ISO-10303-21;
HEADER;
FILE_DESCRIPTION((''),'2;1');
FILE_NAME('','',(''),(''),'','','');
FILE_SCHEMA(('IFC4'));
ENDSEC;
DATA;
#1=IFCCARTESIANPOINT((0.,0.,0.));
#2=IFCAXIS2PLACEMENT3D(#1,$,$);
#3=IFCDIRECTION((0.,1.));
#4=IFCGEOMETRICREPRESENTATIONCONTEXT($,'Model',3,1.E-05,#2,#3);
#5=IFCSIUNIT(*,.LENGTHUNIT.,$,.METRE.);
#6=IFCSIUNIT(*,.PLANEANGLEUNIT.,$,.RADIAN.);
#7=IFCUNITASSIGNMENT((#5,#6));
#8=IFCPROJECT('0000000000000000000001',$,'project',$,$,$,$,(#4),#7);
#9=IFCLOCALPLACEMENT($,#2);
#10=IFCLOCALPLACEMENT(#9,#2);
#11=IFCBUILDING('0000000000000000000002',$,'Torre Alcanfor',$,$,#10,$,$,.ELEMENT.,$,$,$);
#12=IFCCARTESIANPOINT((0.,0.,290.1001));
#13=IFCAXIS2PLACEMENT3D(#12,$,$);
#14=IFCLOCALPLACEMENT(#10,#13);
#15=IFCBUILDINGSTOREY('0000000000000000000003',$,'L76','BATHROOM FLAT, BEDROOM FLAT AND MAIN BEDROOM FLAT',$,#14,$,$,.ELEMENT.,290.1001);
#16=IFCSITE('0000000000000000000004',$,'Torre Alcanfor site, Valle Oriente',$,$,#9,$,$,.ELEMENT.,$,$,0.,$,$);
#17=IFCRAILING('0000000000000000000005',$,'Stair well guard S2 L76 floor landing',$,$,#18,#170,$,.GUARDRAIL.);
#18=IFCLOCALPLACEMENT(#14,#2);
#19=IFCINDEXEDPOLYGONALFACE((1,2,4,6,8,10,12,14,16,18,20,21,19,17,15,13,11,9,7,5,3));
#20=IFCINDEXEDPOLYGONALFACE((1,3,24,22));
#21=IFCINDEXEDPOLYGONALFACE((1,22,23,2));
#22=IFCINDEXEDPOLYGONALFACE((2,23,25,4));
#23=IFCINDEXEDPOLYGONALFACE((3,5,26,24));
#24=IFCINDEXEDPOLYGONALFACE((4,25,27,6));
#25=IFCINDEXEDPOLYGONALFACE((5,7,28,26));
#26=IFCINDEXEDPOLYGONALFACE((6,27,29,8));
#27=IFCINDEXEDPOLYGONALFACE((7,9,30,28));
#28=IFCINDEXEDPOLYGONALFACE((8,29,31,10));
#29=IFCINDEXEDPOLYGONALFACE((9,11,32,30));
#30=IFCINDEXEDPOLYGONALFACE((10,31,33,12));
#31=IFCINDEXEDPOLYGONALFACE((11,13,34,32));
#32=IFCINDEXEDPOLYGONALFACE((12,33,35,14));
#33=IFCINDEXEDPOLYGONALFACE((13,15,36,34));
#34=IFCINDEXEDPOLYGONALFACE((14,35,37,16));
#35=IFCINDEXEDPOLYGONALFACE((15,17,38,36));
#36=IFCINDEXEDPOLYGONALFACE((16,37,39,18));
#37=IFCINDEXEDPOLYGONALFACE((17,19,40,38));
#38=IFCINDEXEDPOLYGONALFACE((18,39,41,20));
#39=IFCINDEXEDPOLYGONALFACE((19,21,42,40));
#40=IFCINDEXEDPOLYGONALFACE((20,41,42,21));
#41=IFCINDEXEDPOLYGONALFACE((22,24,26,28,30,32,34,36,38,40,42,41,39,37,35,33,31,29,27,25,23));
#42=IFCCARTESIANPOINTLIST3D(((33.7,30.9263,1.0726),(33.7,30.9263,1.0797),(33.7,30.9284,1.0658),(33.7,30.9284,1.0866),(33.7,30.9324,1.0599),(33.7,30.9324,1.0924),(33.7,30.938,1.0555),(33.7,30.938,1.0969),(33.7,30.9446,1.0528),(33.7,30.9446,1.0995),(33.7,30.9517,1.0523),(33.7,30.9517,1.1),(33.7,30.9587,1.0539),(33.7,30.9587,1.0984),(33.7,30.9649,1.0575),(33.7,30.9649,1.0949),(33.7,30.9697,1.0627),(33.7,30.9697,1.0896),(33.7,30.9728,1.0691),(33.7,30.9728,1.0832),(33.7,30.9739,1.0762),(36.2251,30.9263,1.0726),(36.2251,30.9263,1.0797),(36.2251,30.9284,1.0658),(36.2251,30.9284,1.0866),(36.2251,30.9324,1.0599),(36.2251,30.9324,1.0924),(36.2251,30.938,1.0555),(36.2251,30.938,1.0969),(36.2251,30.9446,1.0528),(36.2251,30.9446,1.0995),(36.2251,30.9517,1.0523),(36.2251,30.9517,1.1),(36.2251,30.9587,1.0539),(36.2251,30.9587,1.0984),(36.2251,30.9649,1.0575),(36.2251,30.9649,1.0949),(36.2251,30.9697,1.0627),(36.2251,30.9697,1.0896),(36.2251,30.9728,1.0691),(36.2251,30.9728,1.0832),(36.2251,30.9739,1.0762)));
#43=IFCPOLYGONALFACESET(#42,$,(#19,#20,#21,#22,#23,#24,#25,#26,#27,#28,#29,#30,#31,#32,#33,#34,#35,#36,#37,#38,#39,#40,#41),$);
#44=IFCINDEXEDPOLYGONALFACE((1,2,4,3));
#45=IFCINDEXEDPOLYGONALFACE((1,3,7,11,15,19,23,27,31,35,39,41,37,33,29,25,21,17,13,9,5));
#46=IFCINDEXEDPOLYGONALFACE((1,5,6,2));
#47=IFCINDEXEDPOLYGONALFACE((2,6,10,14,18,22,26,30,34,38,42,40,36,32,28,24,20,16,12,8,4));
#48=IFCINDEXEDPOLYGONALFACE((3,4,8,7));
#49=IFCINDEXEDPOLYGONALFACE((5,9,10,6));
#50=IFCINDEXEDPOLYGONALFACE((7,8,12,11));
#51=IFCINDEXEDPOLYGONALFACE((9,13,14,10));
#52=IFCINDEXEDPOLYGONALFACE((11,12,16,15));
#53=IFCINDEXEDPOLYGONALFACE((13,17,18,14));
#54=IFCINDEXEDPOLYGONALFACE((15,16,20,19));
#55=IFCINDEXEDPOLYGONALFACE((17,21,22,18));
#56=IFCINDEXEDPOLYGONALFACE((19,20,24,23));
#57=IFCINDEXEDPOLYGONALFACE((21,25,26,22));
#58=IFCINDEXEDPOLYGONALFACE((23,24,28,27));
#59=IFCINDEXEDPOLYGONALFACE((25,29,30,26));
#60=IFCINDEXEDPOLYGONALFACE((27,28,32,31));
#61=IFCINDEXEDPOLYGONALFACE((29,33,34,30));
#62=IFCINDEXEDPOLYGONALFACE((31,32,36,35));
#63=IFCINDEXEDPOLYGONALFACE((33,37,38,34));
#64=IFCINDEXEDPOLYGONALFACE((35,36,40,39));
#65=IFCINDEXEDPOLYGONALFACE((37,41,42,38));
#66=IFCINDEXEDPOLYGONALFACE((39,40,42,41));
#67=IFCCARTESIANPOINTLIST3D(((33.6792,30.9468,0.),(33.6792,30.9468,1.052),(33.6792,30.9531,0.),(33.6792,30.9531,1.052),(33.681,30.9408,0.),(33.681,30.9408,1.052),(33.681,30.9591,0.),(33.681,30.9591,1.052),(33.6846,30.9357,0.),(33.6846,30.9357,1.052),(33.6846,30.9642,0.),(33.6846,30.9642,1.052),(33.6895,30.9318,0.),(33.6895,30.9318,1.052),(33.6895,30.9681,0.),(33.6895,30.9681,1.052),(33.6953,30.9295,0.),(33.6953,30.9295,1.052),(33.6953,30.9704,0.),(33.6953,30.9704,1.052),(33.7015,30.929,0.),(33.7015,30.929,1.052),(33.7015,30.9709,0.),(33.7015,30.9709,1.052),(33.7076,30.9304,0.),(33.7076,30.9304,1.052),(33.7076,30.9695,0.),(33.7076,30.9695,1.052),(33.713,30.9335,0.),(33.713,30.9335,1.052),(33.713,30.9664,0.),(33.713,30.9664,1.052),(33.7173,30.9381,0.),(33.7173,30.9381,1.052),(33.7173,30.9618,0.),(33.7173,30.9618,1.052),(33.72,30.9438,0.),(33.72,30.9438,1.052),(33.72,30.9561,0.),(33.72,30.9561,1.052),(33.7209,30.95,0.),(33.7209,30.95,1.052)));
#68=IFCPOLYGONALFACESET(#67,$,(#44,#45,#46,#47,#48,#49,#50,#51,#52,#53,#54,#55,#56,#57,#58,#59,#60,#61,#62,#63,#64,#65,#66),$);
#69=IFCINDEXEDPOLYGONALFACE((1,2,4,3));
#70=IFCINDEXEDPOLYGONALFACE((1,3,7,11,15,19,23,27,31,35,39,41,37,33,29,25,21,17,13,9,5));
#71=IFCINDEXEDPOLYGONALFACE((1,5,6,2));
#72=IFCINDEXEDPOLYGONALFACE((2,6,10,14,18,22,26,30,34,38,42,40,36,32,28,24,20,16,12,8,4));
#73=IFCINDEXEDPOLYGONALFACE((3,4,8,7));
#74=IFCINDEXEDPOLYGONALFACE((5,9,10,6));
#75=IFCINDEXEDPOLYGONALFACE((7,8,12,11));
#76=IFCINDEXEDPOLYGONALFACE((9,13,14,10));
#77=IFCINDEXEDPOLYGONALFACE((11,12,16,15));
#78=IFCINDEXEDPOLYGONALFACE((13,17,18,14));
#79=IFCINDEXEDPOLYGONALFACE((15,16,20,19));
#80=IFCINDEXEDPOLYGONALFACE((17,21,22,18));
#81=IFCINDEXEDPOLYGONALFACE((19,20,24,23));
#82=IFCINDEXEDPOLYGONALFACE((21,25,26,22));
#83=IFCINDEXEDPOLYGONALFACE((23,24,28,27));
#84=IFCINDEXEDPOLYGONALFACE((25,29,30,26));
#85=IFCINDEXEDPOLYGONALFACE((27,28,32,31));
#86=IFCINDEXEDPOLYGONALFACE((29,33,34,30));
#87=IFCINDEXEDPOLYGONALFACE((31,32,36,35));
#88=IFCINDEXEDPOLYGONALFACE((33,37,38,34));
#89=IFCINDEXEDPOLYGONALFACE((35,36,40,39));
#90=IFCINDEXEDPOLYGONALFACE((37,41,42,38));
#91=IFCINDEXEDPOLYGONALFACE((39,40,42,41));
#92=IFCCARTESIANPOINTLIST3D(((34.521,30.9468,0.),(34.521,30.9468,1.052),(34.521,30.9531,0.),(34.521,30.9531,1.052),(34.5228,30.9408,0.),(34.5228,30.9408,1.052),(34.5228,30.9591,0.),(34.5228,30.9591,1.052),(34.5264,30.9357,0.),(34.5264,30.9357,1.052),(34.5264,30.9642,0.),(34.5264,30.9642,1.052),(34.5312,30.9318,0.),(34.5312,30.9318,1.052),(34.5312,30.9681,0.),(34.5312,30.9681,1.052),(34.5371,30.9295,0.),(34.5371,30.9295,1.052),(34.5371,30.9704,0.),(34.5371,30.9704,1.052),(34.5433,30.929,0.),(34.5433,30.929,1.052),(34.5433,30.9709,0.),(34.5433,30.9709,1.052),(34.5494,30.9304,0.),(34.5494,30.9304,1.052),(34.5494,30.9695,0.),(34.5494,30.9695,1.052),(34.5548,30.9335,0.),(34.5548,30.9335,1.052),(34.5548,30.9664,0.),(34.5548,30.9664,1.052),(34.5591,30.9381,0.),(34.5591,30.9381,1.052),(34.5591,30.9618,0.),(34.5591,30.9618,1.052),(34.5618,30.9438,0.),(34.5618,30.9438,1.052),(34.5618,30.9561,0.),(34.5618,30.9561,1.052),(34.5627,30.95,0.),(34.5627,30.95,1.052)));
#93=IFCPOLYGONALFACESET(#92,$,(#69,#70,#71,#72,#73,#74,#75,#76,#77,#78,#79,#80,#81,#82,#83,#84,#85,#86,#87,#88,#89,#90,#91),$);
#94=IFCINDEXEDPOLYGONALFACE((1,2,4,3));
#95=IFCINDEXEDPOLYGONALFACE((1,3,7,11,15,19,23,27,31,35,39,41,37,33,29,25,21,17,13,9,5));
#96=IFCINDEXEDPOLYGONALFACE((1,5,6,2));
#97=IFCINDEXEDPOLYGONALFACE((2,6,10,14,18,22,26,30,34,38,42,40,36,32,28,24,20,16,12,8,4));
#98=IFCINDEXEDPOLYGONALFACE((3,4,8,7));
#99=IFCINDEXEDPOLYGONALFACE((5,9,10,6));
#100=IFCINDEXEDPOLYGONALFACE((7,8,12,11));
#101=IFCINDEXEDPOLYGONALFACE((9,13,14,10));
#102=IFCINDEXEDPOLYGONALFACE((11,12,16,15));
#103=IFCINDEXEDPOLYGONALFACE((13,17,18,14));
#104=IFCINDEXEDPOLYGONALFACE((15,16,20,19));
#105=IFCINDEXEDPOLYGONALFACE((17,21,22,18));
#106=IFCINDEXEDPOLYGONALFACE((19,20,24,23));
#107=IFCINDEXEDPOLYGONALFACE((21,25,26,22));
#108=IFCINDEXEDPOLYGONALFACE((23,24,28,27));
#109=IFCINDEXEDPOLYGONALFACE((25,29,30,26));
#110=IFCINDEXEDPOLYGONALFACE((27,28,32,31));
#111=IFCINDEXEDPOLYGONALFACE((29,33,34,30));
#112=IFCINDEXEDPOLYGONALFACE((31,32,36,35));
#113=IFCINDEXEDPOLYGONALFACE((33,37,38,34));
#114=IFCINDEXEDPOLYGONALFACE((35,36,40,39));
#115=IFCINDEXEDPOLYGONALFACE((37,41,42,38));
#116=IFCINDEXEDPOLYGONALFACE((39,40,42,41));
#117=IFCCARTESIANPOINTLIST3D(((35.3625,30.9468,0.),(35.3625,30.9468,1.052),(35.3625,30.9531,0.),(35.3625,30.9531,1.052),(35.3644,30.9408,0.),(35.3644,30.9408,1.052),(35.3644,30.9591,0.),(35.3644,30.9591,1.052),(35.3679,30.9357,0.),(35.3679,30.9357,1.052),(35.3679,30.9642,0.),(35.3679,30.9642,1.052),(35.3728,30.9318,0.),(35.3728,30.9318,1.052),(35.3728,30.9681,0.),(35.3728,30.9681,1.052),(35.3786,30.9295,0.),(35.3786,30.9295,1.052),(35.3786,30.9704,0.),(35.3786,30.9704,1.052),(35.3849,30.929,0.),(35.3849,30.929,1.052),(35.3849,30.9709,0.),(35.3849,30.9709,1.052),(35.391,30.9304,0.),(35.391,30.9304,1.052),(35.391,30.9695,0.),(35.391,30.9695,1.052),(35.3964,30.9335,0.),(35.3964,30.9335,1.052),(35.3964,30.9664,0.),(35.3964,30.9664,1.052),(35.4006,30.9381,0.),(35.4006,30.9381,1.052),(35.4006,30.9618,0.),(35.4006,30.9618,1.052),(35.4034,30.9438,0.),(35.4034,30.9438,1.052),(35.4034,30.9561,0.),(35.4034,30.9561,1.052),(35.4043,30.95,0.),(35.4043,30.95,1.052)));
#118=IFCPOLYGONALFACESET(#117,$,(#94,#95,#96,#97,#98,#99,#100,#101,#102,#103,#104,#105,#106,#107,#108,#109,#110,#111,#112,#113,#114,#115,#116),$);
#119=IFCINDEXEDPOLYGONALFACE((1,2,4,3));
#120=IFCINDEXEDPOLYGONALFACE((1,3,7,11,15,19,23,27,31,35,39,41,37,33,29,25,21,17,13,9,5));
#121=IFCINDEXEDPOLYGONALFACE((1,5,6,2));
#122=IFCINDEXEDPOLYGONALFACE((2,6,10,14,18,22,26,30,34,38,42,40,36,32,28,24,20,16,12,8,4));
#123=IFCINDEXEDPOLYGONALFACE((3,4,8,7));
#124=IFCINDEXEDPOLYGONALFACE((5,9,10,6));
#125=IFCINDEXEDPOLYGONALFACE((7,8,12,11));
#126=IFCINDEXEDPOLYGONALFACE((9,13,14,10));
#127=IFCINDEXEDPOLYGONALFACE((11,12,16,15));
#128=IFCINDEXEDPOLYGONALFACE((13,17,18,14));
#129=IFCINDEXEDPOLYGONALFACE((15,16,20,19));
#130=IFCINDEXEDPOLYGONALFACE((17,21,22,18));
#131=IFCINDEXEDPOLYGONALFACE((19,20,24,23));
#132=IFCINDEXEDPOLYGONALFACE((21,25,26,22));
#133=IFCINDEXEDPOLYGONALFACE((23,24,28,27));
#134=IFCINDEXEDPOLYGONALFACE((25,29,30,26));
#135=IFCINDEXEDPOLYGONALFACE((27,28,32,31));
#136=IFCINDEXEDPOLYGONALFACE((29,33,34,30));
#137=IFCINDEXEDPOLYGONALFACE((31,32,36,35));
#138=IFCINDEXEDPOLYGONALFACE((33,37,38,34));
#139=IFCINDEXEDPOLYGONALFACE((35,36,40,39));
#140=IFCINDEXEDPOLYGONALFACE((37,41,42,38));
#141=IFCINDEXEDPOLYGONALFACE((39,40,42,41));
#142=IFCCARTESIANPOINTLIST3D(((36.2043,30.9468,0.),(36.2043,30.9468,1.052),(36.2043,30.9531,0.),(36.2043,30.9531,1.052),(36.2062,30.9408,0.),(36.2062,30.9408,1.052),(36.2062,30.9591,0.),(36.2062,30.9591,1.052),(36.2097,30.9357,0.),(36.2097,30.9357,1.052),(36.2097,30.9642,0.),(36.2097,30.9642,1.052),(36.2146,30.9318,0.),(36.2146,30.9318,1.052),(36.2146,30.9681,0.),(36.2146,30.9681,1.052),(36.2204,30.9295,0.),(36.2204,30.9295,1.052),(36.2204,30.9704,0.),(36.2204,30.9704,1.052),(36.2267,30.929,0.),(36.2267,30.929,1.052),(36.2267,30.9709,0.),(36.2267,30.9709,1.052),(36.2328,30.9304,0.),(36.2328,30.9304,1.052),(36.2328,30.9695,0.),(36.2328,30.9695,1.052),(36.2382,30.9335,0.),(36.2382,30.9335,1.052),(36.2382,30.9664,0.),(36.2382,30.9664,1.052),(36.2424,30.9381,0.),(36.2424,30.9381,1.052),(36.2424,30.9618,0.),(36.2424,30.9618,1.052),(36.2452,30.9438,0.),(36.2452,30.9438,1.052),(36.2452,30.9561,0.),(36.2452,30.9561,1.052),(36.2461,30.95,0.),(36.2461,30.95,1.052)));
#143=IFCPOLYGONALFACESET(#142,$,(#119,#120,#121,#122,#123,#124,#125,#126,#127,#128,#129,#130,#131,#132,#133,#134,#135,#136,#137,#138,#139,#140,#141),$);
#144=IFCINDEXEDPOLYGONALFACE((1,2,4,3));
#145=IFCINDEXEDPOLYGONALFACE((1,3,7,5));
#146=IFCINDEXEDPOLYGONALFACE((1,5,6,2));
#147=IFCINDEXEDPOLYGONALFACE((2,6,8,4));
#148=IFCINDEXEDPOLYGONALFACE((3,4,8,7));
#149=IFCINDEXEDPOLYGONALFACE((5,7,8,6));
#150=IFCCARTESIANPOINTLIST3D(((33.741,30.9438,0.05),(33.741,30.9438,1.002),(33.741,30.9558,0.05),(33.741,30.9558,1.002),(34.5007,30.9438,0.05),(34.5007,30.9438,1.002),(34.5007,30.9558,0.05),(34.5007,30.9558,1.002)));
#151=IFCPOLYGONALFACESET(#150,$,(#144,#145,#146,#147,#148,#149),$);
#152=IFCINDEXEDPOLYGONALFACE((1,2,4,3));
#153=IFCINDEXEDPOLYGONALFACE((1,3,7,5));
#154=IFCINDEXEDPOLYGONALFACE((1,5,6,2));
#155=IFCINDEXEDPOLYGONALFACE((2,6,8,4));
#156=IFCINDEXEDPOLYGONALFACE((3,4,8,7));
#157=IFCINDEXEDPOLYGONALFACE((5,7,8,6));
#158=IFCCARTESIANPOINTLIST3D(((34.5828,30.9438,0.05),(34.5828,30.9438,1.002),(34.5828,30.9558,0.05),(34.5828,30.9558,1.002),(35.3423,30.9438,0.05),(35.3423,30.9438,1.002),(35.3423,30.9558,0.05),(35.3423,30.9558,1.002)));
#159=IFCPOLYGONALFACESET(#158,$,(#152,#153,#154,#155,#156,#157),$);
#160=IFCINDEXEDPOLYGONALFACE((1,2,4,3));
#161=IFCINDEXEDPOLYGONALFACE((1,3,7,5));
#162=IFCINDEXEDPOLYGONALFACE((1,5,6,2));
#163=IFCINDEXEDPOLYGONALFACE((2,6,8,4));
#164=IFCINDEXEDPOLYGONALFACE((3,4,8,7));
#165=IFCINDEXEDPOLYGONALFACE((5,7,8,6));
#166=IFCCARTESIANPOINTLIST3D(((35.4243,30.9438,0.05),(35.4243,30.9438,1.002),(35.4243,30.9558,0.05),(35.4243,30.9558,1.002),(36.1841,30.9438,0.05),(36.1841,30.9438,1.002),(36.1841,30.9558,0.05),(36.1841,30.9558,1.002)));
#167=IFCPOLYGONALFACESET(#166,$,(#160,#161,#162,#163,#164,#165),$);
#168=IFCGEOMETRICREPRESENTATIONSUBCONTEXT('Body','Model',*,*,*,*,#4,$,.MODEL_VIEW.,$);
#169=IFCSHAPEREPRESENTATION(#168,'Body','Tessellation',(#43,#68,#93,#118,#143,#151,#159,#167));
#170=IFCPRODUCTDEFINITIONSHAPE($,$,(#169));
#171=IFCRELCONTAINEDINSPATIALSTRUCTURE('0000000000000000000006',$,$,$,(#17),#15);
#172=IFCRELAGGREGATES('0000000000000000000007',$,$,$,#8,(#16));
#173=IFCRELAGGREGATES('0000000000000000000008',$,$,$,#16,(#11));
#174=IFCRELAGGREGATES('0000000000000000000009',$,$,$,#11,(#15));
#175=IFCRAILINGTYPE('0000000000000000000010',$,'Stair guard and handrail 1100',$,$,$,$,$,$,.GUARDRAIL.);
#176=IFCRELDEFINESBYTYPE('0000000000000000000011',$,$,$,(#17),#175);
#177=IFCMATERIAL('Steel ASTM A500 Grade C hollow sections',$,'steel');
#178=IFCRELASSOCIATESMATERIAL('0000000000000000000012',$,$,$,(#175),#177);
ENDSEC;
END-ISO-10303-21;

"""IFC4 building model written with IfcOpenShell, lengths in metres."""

from ifc_helpers import new_model, si_unit, direction, frame, origin, origin_2d, place, context, subcontext, project, spatial, polyline, circle, outline, extrude, material, type_object, element, save


model = new_model("IFC4")

# Units and contexts
model_context = context("Model", 3, precision=1e-05, world=origin(), true_north=direction((0.0, 1.0)))
body_context = subcontext(model_context, "Body", "Model", "MODEL_VIEW")
ifc_project = project(units=[si_unit("LENGTHUNIT", "METRE"), si_unit("PLANEANGLEUNIT", "RADIAN")], contexts=[model_context])

# Site, building, storey
site_placement = place(None, origin())
site = spatial("IfcSite", under=ifc_project, at=site_placement, Name="Torre Alcanfor site, Valle Oriente", CompositionType="ELEMENT", RefElevation=0.0)
building_placement = place(site_placement, origin())
building = spatial("IfcBuilding", under=site, at=building_placement, Name="Torre Alcanfor", CompositionType="ELEMENT")
storey_placement = place(building_placement, frame((0.0, 0.0, 290.1001)))
storey = spatial("IfcBuildingStorey", under=building, at=storey_placement, Name="L76", Description="BATHROOM FLAT, BEDROOM FLAT AND MAIN BEDROOM FLAT", CompositionType="ELEMENT", Elevation=290.1001)

# Railing
ifc_material_1 = material(Name="Steel ASTM A500 Grade C hollow sections", Category="steel")
railing_type_1 = type_object("IfcRailingType", Name="Stair guard and handrail 1100", PredefinedType="GUARDRAIL", material=ifc_material_1)
for number, where, name in (
    (1, (33.7, 30.95, 0.0), "Stair well guard S2 L76 floor landing"),
):
    element("IfcRailing", number, at=place(storey_placement, frame(where)), inside=storey, type_object=railing_type_1, Name=name, PredefinedType="GUARDRAIL", context=body_context, shape_type="SweptSolid", body=[
        extrude(circle(Radius=0.0239, at=origin_2d()), frame((0.0, 0.0, 1.0762), z_axis=(1.0, 0.0, 0.0), x_axis=(0.0, 1.0, 0.0)), (0.0, 0.0, 1.0), 2.5251),
        extrude(circle(Radius=0.021, at=origin_2d()), origin(), (0.0, 0.0, 1.0), 1.052),
        extrude(circle(Radius=0.021, at=origin_2d()), frame((0.8418, 0.0, 0.0)), (0.0, 0.0, 1.0), 1.052),
        extrude(circle(Radius=0.021, at=origin_2d()), frame((1.6833, 0.0, 0.0)), (0.0, 0.0, 1.0), 1.052),
        extrude(circle(Radius=0.021, at=origin_2d()), frame((2.5251, 0.0, 0.0)), (0.0, 0.0, 1.0), 1.052),
        extrude(outline(polyline([(0.041, 0.05), (0.8008, 0.05), (0.8008, 1.002), (0.041, 1.002), (0.041, 0.05)])), frame((0.0, 0.0059, 0.0), z_axis=(0.0, -1.0, 0.0), x_axis=(1.0, 0.0, 0.0)), (0.0, 0.0, 1.0), 0.012),
        extrude(outline(polyline([(0.8828, 0.05), (1.6423, 0.05), (1.6423, 1.002), (0.8828, 1.002), (0.8828, 0.05)])), frame((0.0, 0.0059, 0.0), z_axis=(0.0, -1.0, 0.0), x_axis=(1.0, 0.0, 0.0)), (0.0, 0.0, 1.0), 0.012),
        extrude(outline(polyline([(1.7244, 0.05), (2.4841, 0.05), (2.4841, 1.002), (1.7244, 1.002), (1.7244, 0.05)])), frame((0.0, 0.0059, 0.0), z_axis=(0.0, -1.0, 0.0), x_axis=(1.0, 0.0, 0.0)), (0.0, 0.0, 1.0), 0.012),
    ])

save(model, "model.ifc")
